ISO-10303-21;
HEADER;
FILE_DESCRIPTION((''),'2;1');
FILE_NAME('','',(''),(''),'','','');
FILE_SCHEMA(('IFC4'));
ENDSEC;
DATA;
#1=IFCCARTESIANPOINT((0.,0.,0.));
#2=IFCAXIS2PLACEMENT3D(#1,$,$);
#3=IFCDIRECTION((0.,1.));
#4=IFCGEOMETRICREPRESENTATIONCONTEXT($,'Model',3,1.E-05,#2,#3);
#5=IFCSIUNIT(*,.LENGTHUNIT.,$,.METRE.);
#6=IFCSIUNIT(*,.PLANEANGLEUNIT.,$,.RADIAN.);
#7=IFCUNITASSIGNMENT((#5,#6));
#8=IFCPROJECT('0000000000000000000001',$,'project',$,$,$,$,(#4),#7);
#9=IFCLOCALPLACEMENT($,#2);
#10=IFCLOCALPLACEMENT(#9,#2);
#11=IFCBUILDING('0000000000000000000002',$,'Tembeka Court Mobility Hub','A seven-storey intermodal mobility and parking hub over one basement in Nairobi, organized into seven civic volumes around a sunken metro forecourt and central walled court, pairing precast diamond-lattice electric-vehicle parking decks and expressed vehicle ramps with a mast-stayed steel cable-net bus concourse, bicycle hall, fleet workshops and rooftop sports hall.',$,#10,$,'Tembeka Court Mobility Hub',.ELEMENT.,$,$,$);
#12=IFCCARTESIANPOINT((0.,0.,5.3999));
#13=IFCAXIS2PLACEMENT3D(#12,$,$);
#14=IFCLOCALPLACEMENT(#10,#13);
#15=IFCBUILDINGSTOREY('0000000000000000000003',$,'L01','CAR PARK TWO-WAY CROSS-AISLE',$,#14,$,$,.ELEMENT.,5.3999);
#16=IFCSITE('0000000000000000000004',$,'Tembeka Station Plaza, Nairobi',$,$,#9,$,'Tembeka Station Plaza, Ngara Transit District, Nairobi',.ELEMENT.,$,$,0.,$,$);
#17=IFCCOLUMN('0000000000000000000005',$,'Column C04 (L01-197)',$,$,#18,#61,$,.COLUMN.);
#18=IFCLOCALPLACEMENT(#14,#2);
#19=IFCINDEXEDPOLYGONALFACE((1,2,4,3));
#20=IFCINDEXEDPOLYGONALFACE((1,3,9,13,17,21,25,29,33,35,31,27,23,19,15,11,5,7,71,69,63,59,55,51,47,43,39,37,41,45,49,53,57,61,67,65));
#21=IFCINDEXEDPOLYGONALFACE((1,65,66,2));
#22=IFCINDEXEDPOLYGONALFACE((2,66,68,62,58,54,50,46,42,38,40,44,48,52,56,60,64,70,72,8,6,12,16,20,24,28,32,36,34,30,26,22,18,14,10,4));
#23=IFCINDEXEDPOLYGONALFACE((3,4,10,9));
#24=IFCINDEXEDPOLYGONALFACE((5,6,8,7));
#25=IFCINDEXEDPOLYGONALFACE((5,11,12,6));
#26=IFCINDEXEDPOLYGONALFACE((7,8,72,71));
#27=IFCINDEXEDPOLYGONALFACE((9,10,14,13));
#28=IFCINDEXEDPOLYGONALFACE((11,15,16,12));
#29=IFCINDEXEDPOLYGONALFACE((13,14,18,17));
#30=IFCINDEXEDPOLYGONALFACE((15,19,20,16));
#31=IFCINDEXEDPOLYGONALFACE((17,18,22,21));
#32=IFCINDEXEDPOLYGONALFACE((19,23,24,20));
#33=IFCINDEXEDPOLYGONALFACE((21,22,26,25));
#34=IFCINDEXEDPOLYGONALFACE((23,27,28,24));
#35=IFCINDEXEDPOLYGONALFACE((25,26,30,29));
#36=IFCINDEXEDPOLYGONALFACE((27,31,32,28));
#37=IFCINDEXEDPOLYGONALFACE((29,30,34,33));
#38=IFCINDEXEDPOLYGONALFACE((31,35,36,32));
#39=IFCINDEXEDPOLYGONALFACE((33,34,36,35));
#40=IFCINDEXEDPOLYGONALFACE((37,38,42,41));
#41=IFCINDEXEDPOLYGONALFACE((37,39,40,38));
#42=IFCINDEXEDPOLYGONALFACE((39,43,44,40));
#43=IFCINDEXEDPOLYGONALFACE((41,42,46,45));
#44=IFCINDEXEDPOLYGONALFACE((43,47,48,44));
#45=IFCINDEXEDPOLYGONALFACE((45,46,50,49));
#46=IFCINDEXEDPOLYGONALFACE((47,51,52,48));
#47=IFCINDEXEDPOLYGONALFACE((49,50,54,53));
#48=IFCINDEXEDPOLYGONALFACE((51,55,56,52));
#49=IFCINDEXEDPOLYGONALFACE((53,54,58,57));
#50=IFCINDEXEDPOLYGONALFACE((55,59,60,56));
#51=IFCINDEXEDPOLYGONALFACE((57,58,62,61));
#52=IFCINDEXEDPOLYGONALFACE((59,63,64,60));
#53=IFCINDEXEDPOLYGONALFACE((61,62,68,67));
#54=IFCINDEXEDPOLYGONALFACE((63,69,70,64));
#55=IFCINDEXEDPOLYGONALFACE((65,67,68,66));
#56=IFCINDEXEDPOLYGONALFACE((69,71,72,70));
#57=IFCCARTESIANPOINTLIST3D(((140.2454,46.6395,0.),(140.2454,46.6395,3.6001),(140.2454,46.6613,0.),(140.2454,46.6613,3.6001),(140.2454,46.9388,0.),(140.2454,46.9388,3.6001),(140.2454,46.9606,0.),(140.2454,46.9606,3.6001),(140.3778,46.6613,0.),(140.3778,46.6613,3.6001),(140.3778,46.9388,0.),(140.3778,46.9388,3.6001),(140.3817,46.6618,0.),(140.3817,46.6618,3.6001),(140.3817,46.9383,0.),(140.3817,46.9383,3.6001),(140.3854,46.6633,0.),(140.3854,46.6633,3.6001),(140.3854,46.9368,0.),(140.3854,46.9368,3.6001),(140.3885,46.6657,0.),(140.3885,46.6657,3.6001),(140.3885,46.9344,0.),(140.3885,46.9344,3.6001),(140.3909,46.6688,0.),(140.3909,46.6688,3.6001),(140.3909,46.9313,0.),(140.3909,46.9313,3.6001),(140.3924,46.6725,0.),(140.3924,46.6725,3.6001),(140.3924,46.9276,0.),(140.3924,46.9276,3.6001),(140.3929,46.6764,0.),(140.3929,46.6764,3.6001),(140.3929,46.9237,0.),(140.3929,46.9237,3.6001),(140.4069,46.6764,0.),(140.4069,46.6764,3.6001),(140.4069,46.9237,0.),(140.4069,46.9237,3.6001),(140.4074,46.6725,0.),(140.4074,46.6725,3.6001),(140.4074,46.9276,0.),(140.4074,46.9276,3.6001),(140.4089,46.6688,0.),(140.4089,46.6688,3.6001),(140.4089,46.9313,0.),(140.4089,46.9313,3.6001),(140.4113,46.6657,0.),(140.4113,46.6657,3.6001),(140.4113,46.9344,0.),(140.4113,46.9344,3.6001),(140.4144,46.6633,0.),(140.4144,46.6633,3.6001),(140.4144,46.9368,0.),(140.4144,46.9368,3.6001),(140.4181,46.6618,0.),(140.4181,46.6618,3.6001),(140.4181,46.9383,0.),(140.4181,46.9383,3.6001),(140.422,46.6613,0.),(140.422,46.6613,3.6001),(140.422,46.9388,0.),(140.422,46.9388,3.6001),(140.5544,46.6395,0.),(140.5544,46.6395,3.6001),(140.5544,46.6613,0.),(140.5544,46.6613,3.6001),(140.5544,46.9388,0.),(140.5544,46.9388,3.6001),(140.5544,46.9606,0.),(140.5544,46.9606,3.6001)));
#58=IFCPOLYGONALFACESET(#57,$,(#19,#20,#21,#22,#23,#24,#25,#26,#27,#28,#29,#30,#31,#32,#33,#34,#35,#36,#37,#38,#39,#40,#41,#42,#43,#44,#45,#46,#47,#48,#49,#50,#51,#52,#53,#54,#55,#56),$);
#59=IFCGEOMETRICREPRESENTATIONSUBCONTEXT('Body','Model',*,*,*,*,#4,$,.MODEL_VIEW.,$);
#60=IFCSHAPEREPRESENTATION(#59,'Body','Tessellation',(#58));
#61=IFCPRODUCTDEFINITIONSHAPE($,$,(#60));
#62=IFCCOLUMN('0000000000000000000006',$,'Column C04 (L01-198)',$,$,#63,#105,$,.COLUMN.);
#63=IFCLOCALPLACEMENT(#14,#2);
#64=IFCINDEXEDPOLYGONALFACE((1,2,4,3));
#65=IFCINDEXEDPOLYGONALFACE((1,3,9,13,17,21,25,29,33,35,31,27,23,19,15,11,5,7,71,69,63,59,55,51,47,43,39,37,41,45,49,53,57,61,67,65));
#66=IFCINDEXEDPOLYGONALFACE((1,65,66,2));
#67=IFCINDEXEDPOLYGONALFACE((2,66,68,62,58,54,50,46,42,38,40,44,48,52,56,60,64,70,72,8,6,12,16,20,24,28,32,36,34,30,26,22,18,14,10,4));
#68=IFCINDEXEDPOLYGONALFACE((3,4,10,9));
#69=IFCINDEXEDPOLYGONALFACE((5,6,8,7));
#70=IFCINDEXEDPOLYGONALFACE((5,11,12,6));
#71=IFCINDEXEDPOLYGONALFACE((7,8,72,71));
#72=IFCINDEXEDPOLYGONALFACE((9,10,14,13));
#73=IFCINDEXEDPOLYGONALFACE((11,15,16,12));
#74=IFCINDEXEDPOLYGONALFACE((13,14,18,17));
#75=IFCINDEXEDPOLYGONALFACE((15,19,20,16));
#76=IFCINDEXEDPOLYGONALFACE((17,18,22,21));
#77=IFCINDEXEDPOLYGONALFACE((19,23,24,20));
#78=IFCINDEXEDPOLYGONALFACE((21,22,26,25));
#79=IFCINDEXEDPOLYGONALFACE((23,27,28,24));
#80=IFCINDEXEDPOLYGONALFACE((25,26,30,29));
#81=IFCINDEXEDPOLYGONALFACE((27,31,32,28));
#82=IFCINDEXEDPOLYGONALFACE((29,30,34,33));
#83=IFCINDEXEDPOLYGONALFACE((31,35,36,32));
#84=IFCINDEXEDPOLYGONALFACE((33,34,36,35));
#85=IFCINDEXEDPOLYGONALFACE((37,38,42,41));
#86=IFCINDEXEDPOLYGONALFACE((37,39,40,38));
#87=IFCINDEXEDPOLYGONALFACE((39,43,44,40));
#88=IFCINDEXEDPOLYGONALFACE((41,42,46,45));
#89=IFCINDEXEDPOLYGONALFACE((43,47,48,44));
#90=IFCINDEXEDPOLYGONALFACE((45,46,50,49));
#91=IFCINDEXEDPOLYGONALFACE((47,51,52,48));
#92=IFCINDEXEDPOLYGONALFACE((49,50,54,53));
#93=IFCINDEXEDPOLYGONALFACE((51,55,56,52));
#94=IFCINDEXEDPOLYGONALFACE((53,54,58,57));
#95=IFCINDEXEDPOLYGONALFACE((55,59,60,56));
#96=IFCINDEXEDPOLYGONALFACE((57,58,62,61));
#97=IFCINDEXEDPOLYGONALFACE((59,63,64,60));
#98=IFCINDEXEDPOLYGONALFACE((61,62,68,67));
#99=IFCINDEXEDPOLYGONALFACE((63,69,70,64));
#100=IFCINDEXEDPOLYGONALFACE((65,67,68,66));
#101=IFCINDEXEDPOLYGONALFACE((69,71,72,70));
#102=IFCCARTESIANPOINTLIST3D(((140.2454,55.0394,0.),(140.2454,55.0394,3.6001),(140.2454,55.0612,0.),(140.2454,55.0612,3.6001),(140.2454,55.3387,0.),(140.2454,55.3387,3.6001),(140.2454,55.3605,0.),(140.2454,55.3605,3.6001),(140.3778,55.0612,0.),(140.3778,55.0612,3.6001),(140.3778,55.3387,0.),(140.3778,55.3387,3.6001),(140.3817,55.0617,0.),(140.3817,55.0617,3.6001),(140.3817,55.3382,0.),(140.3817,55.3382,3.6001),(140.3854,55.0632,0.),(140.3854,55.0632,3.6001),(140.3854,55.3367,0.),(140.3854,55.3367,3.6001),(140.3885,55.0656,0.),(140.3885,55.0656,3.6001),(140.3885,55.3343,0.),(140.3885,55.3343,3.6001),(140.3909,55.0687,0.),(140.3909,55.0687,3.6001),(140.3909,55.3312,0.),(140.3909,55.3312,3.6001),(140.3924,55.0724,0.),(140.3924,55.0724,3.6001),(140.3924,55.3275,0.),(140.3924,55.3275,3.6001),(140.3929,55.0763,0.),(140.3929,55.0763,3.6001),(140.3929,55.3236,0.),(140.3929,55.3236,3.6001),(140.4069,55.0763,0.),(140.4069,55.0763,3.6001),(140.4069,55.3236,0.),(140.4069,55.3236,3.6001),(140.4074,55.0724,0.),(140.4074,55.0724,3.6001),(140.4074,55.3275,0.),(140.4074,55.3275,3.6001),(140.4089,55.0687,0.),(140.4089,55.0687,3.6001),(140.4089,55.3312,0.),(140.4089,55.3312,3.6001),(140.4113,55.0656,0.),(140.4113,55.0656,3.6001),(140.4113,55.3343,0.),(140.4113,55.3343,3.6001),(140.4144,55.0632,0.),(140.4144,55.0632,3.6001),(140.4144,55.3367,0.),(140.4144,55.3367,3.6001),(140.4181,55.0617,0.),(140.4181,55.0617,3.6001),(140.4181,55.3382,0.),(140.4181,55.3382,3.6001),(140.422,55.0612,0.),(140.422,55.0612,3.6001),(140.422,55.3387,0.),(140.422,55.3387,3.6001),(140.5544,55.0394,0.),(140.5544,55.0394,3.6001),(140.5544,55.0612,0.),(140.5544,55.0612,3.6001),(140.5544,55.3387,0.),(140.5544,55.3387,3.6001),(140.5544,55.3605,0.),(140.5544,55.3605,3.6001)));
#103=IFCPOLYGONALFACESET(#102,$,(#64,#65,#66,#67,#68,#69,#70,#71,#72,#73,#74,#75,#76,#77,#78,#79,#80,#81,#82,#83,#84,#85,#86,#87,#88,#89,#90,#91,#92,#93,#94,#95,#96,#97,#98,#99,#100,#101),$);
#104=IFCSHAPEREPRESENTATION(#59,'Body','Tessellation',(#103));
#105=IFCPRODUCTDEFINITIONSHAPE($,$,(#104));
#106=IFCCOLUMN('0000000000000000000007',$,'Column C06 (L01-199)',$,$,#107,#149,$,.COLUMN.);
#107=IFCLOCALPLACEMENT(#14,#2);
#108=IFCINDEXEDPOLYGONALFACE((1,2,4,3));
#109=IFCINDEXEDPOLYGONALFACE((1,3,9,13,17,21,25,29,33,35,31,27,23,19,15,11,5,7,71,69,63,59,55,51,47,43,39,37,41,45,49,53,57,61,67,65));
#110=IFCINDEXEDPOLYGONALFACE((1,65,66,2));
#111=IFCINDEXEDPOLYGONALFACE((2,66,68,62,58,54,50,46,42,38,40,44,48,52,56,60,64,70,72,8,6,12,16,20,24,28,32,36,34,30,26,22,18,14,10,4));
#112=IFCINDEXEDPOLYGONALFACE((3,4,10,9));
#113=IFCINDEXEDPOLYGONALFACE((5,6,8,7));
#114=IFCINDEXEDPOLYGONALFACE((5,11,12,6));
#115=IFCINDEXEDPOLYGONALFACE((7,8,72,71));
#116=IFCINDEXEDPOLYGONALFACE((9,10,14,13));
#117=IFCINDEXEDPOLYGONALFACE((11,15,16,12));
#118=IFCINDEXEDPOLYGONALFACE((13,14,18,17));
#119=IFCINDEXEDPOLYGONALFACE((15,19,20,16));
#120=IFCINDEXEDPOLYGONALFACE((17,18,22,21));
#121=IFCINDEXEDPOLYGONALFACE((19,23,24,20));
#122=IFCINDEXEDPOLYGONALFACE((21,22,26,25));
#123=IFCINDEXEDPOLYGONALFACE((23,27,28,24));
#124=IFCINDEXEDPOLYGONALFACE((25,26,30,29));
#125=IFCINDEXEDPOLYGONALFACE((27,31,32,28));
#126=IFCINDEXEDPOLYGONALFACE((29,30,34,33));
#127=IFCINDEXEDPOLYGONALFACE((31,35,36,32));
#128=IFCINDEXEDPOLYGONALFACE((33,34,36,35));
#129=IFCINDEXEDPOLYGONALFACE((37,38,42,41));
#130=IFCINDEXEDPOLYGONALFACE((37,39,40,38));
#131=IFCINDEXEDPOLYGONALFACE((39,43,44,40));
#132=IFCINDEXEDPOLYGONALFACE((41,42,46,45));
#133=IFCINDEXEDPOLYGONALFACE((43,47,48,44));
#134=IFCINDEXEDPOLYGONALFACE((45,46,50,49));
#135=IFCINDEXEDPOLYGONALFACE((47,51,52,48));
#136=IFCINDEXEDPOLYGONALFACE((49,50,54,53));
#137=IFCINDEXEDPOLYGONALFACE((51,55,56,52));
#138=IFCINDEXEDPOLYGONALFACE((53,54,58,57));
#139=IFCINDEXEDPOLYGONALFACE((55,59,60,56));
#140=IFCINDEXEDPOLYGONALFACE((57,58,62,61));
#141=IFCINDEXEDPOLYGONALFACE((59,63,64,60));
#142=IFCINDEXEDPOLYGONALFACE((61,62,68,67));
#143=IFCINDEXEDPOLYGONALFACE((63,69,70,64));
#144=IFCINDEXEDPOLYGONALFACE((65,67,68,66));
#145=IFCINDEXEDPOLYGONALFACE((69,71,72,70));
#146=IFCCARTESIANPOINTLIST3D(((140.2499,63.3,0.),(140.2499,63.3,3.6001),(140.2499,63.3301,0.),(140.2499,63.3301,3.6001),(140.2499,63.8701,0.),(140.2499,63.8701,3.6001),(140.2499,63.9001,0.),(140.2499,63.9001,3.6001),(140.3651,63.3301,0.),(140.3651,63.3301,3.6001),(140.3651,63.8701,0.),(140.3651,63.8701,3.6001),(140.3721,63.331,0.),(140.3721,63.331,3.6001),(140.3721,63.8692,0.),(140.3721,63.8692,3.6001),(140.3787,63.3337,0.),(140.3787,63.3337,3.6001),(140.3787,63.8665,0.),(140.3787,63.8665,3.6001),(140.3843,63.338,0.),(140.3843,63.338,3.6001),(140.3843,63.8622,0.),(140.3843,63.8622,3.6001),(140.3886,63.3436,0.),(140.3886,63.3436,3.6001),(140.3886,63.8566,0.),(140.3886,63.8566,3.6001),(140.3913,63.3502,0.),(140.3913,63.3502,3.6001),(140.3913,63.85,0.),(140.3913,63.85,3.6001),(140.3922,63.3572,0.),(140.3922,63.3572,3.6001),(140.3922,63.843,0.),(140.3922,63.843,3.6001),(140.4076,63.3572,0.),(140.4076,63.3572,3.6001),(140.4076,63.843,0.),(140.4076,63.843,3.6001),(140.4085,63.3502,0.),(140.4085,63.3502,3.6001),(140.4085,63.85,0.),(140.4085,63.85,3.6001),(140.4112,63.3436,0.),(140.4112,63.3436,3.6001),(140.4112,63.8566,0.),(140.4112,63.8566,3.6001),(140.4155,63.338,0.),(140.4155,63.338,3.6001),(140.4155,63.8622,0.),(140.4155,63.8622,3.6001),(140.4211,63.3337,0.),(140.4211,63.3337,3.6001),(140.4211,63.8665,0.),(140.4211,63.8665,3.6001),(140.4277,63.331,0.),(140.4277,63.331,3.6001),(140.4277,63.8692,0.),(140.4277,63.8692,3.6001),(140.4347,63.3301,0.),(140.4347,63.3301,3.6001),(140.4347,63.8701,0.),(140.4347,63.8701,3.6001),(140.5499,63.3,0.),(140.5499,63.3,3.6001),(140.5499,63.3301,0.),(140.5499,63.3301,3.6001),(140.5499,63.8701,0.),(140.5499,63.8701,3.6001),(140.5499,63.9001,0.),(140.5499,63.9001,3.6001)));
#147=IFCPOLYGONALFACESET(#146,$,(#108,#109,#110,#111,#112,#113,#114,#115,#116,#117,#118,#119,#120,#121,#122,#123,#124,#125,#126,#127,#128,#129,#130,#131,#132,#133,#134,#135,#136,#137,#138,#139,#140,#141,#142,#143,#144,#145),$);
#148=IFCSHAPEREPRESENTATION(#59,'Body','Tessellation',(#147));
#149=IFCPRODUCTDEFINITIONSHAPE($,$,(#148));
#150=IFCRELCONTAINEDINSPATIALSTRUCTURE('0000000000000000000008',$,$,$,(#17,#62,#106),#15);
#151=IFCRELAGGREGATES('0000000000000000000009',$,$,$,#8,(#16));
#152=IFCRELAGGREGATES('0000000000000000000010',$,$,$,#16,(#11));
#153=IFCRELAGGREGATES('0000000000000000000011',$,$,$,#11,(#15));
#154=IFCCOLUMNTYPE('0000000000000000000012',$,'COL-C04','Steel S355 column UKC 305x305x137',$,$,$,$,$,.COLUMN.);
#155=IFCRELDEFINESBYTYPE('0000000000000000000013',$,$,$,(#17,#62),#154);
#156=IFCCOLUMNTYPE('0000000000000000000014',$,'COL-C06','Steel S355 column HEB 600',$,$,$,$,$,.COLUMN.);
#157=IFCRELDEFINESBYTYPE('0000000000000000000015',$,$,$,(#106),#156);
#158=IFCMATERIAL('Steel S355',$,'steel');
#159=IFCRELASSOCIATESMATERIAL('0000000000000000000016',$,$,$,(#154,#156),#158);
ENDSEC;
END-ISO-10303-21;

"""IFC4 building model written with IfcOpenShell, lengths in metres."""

from ifc_helpers import new_model, si_unit, direction, frame, origin, origin_2d, place, context, subcontext, project, spatial, i_section, extrude, material, material_profile, profile_set, type_object, element, save


model = new_model("IFC4")

# Units and contexts
model_context = context("Model", 3, precision=1e-05, world=origin(), true_north=direction((0.0, 1.0)))
body_context = subcontext(model_context, "Body", "Model", "MODEL_VIEW")
ifc_project = project(units=[si_unit("LENGTHUNIT", "METRE"), si_unit("PLANEANGLEUNIT", "RADIAN")], contexts=[model_context])

# Site, building, storey
site_placement = place(None, origin())
site = spatial("IfcSite", under=ifc_project, at=site_placement, Name="Tembeka Station Plaza, Nairobi", LongName="Tembeka Station Plaza, Ngara Transit District, Nairobi", CompositionType="ELEMENT", RefElevation=0.0)
building_placement = place(site_placement, origin())
building = spatial("IfcBuilding", under=site, at=building_placement, Name="Tembeka Court Mobility Hub", Description="A seven-storey intermodal mobility and parking hub over one basement in Nairobi, organized into seven civic volumes around a sunken metro forecourt and central walled court, pairing precast diamond-lattice electric-vehicle parking decks and expressed vehicle ramps with a mast-stayed steel cable-net bus concourse, bicycle hall, fleet workshops and rooftop sports hall.", LongName="Tembeka Court Mobility Hub", CompositionType="ELEMENT")
storey_placement = place(building_placement, frame((0.0, 0.0, 5.3999)))
storey = spatial("IfcBuildingStorey", under=building, at=storey_placement, Name="L01", Description="CAR PARK TWO-WAY CROSS-AISLE", CompositionType="ELEMENT", Elevation=5.3999)

# Columns
ifc_material_1 = material(Name="Steel S355", Category="steel")
ifc_material_profile_1 = material_profile(ifc_material_1, i_section(OverallWidth=0.3091, OverallDepth=0.321, WebThickness=0.0139, FlangeThickness=0.0217, FilletRadius=0.0151, at=origin_2d()), Name="UKC 305x305x137")
ifc_profile_set_1 = profile_set([ifc_material_profile_1], Name="Steel S355")
column_type_1 = type_object("IfcColumnType", Name="COL-C04", Description="Steel S355 column UKC 305x305x137", PredefinedType="COLUMN", material=ifc_profile_set_1)
for number, where, z_axis, x_axis, name in (
    (1, (140.3999, 46.8, 0.0), (0.0, 0.0, 1.0), (1.0, 0.0, 0.0), "Column C04 (L01-197)"),
    (2, (140.3999, 55.2, 0.0), (0.0, 0.0, 1.0), (1.0, 0.0, 0.0), "Column C04 (L01-198)"),
):
    element("IfcColumn", number, at=place(storey_placement, frame(where, z_axis=z_axis, x_axis=x_axis)), inside=storey, type_object=column_type_1, Name=name, PredefinedType="COLUMN", context=body_context, shape_type="SweptSolid", body=[
        extrude(i_section(OverallWidth=0.3091, OverallDepth=0.321, WebThickness=0.0139, FlangeThickness=0.0217, FilletRadius=0.0151, at=origin_2d()), origin(), (0.0, 0.0, 1.0), 3.6001),
    ])
ifc_material_profile_2 = material_profile(ifc_material_1, i_section(OverallWidth=0.3, OverallDepth=0.6001, WebThickness=0.0154, FlangeThickness=0.03, FilletRadius=0.0271, at=origin_2d()), Name="HEB 600")
ifc_profile_set_2 = profile_set([ifc_material_profile_2], Name="Steel S355")
column_type_2 = type_object("IfcColumnType", Name="COL-C06", Description="Steel S355 column HEB 600", PredefinedType="COLUMN", material=ifc_profile_set_2)
column_1_placement = place(storey_placement, frame((140.3999, 63.6001, 0.0), z_axis=(0.0, 0.0, 1.0), x_axis=(1.0, 0.0, 0.0)))
element("IfcColumn", 3, at=column_1_placement, inside=storey, type_object=column_type_2, Name="Column C06 (L01-199)", PredefinedType="COLUMN", context=body_context, shape_type="SweptSolid", body=[
    extrude(i_section(OverallWidth=0.3, OverallDepth=0.6001, WebThickness=0.0154, FlangeThickness=0.03, FilletRadius=0.0271, at=origin_2d()), origin(), (0.0, 0.0, 1.0), 3.6001),
])

save(model, "model.ifc")
